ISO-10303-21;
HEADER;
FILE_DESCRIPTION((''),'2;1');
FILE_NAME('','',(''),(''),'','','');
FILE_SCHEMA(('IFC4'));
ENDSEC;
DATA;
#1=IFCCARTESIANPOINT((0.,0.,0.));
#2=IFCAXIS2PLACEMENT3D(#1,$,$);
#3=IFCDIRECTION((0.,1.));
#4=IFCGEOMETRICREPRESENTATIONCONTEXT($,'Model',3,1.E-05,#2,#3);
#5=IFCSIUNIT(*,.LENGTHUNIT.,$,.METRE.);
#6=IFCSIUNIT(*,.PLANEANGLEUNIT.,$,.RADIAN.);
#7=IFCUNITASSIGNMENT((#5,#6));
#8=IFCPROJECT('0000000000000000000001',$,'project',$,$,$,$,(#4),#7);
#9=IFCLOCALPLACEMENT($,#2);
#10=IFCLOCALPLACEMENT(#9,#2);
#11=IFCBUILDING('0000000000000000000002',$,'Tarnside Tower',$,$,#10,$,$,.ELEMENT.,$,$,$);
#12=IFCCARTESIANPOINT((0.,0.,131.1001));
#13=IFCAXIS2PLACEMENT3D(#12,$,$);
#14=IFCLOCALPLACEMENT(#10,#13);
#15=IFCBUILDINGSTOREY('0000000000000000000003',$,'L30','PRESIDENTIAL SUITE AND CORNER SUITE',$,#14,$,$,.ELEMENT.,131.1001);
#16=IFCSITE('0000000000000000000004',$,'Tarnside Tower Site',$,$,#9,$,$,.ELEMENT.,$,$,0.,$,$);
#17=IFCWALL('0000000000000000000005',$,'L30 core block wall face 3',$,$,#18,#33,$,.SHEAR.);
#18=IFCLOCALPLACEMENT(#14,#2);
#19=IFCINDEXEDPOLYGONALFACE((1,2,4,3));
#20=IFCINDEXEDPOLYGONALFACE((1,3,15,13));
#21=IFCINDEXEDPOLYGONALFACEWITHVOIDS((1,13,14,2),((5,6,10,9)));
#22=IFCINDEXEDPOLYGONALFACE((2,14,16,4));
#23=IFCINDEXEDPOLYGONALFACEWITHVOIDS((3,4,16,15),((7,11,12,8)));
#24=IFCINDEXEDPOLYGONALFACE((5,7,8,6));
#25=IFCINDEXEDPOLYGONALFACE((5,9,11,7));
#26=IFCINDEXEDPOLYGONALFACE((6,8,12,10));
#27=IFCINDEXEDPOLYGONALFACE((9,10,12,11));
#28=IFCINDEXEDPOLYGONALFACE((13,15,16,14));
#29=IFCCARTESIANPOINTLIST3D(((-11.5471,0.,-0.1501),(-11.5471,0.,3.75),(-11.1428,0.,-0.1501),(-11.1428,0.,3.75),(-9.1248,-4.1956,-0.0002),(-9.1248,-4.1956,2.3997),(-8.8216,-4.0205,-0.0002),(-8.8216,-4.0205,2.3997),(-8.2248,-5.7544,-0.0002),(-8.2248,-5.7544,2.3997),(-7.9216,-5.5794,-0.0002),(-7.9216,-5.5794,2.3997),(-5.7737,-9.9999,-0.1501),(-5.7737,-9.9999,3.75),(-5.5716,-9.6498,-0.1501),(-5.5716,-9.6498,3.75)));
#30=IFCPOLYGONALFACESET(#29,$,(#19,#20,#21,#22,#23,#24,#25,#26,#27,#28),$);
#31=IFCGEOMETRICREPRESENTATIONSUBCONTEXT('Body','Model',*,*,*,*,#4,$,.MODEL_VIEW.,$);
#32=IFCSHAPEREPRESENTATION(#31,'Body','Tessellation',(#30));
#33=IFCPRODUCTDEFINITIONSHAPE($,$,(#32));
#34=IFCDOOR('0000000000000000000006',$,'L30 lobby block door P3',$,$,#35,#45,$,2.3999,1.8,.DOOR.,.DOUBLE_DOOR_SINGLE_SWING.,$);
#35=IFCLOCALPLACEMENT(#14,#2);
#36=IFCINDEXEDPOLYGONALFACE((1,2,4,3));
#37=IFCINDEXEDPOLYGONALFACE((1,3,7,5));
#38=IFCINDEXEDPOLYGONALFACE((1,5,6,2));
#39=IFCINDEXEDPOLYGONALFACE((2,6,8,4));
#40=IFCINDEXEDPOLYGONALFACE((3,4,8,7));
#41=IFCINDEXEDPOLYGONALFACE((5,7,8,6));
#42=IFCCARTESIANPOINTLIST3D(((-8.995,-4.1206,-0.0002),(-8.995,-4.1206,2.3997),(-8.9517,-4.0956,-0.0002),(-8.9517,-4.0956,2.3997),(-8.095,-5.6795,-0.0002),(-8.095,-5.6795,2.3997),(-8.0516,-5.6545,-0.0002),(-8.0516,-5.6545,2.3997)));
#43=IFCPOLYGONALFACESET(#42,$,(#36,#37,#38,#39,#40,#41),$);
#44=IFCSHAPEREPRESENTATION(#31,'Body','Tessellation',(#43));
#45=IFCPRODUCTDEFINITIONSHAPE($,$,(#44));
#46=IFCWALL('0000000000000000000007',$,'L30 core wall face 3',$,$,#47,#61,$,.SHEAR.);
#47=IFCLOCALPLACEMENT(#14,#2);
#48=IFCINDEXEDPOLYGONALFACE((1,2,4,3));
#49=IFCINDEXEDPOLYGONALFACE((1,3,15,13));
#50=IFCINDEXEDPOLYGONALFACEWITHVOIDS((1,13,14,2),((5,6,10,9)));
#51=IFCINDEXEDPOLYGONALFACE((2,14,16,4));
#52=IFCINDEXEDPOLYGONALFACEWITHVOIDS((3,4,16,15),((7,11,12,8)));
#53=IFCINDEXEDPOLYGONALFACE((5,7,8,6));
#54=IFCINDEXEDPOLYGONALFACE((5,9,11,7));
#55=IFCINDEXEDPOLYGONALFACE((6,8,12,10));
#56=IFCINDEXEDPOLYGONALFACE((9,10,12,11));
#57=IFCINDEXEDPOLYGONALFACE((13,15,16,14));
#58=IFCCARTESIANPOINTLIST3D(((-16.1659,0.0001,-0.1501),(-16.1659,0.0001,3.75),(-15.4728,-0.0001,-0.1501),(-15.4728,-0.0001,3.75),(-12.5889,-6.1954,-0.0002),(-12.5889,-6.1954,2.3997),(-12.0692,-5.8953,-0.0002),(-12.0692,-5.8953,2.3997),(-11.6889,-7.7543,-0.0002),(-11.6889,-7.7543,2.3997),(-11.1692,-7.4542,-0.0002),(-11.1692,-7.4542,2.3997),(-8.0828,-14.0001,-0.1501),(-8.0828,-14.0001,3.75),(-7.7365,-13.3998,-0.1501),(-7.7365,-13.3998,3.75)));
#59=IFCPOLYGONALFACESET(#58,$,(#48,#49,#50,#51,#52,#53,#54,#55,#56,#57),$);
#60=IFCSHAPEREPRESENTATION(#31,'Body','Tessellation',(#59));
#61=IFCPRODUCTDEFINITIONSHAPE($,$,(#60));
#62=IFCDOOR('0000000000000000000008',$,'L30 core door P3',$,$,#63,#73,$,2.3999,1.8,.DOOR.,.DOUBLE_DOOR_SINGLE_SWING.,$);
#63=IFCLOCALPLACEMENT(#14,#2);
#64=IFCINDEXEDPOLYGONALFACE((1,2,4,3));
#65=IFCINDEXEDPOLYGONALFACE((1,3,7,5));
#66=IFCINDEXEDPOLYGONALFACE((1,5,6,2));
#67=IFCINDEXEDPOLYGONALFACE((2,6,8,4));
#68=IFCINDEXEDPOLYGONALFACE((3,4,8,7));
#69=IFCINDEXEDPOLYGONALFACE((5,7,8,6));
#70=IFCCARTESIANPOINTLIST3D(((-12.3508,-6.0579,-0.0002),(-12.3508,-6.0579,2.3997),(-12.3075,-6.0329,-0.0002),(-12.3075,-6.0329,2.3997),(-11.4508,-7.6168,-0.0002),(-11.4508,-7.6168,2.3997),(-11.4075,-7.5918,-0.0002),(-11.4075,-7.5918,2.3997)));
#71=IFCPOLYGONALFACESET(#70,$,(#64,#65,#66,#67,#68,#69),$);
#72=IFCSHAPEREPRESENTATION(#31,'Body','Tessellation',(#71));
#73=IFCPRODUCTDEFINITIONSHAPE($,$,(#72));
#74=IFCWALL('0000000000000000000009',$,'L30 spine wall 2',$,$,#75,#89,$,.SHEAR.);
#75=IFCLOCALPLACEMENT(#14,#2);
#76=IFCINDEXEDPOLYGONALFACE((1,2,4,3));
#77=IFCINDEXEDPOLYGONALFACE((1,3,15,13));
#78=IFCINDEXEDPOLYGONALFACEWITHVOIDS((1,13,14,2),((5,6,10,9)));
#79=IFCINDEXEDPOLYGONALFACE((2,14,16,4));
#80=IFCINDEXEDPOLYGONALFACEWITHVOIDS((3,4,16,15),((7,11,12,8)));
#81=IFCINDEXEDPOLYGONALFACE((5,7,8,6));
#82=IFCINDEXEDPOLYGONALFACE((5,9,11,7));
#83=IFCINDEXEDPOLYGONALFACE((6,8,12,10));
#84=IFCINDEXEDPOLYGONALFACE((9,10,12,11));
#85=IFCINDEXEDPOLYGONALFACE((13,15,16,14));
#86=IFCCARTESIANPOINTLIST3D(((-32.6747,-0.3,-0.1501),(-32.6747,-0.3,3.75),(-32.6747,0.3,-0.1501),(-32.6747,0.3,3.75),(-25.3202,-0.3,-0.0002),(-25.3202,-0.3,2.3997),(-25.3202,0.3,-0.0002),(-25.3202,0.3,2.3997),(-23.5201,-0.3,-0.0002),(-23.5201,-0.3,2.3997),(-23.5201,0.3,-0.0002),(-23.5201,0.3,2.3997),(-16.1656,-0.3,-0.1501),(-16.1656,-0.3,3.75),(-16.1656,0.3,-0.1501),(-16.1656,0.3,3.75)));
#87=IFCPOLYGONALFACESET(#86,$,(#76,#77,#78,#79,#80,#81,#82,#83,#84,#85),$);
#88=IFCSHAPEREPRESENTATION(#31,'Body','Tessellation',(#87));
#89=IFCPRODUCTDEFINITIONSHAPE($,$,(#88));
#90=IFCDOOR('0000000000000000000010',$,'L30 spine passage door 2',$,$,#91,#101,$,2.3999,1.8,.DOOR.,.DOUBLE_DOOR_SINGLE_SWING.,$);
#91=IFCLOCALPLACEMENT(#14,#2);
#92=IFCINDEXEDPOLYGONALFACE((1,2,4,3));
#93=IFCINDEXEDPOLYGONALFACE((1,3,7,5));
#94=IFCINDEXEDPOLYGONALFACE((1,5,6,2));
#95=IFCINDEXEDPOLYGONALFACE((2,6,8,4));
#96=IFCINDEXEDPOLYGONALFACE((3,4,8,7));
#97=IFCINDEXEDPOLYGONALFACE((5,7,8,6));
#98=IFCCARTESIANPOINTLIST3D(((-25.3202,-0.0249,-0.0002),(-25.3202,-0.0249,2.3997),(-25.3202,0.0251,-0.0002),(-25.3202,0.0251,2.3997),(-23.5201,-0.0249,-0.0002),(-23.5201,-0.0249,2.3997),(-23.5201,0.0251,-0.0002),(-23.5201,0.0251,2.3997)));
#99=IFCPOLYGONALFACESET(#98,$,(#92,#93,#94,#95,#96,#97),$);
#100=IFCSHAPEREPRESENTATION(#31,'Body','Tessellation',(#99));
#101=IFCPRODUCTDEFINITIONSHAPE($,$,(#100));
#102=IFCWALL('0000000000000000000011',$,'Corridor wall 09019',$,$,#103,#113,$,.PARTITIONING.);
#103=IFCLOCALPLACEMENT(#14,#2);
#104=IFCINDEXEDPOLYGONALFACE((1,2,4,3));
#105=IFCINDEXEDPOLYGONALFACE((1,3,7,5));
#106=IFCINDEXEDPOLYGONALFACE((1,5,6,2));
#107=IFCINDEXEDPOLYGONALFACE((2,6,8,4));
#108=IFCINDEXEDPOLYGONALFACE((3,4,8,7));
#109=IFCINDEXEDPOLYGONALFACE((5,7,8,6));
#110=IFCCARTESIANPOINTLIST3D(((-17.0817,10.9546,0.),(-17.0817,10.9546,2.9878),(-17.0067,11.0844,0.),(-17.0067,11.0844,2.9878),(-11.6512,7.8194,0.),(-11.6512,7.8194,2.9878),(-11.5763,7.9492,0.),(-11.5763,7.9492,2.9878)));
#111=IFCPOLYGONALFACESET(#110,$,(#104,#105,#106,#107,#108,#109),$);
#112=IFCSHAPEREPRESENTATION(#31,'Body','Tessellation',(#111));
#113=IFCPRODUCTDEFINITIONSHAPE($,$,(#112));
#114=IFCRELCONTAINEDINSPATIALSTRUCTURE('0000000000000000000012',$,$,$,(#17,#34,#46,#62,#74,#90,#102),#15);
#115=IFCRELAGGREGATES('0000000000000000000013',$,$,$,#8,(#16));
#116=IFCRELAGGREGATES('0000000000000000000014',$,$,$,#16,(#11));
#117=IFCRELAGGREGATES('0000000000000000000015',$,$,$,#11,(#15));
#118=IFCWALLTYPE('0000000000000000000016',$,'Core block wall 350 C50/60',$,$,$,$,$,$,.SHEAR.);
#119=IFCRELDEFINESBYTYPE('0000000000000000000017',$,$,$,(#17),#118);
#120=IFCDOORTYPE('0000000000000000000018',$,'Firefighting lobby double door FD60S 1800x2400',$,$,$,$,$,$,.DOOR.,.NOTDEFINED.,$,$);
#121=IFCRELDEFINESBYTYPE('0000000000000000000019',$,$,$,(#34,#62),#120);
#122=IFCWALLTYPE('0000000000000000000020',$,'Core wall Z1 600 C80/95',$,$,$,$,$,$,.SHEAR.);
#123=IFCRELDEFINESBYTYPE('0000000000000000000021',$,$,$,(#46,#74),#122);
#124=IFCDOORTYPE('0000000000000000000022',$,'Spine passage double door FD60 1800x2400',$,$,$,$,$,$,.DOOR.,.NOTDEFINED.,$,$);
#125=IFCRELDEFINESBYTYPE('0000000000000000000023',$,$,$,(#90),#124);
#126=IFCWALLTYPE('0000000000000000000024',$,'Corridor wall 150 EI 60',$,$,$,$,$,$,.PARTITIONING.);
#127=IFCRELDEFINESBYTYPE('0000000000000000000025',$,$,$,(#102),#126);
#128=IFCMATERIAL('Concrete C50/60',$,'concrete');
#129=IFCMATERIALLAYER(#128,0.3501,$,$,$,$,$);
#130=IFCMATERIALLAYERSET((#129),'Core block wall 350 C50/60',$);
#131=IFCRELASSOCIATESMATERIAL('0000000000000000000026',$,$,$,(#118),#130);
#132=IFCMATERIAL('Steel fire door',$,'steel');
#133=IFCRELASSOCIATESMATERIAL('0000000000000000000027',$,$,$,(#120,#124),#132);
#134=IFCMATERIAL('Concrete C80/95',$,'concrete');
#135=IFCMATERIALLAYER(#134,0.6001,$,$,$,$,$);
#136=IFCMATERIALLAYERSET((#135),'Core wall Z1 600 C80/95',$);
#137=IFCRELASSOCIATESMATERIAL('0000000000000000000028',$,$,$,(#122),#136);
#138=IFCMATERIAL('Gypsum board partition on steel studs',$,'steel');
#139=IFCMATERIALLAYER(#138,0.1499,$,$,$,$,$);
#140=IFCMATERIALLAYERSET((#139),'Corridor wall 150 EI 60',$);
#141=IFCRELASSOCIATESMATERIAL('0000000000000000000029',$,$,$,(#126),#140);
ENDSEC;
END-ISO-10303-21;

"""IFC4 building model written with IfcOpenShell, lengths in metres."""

from ifc_helpers import new_model, si_unit, direction, frame, frame_2d, origin, place, context, subcontext, project, spatial, polyline, rectangle, outline, extrude, material, layer, layer_set, type_object, element, fill, save


model = new_model("IFC4")

# Units and contexts
model_context = context("Model", 3, precision=1e-05, world=origin(), true_north=direction((0.0, 1.0)))
body_context = subcontext(model_context, "Body", "Model", "MODEL_VIEW")
ifc_project = project(units=[si_unit("LENGTHUNIT", "METRE"), si_unit("PLANEANGLEUNIT", "RADIAN")], contexts=[model_context])

# Site, building, storey
site_placement = place(None, origin())
site = spatial("IfcSite", under=ifc_project, at=site_placement, Name="Tarnside Tower Site", CompositionType="ELEMENT", RefElevation=0.0)
building_placement = place(site_placement, origin())
building = spatial("IfcBuilding", under=site, at=building_placement, Name="Tarnside Tower", CompositionType="ELEMENT")
storey_placement = place(building_placement, frame((0.0, 0.0, 131.1001)))
storey = spatial("IfcBuildingStorey", under=building, at=storey_placement, Name="L30", Description="PRESIDENTIAL SUITE AND CORNER SUITE", CompositionType="ELEMENT", Elevation=131.1001)

# Walls, openings, doors
ifc_material_1 = material(Name="Concrete C50/60", Category="concrete")
ifc_layer_1 = layer(ifc_material_1, 0.3501)
ifc_layer_set_1 = layer_set([ifc_layer_1], Name="Core block wall 350 C50/60")
wall_type_1 = type_object("IfcWallType", Name="Core block wall 350 C50/60", PredefinedType="SHEAR", material=ifc_layer_set_1)
wall_1_placement = place(storey_placement, frame((-11.345, 0.0, -0.1501), z_axis=(0.0, 0.0, 1.0), x_axis=(0.499995, -0.866028, 0.0)))
wall_1 = element("IfcWall", 1, at=wall_1_placement, inside=storey, type_object=wall_type_1, Name="L30 core block wall face 3", PredefinedType="SHEAR", context=body_context, shape_type="SweptSolid", body=[
    extrude(outline(polyline([(-0.1011, -0.175), (11.4458, -0.175), (11.2437, 0.175), (0.1011, 0.175), (-0.1011, -0.175)])), origin(), (0.0, 0.0, 1.0), 3.9001),
])
opening_1_placement = place(wall_1_placement, frame((4.7437, 0.0, 0.1499)))
opening_1 = element("IfcOpeningElement", 2, at=opening_1_placement, cuts=wall_1, PredefinedType="OPENING", context=body_context, shape_type="SweptSolid", body=[
    extrude(rectangle(XDim=1.8, YDim=2.3999, at=frame_2d((0.8999, 1.2))), frame((0.0, 0.1851, 0.0), z_axis=(0.0, -1.0, 0.0), x_axis=(1.0, 0.0, 0.0)), (0.0, 0.0, 1.0), 0.3701),
])
ifc_material_2 = material(Name="Steel fire door", Category="steel")
door_type_1 = type_object("IfcDoorType", Name="Firefighting lobby double door FD60S 1800x2400", OperationType="NOTDEFINED", PredefinedType="DOOR", material=ifc_material_2)
door_1_placement = place(opening_1_placement, origin())
door_1 = element("IfcDoor", 3, at=door_1_placement, inside=storey, type_object=door_type_1, Name="L30 lobby block door P3", OperationType="DOUBLE_DOOR_SINGLE_SWING", OverallHeight=2.3999, OverallWidth=1.8, PredefinedType="DOOR", context=body_context, shape_type="SweptSolid", body=[
    extrude(rectangle(XDim=1.8, YDim=2.3999, at=frame_2d((0.8999, 1.2))), frame((0.0, 0.0249, 0.0), z_axis=(0.0, -1.0, 0.0), x_axis=(1.0, 0.0, 0.0)), (0.0, 0.0, 1.0), 0.05),
])
fill(opening_1, door_1)
ifc_material_3 = material(Name="Concrete C80/95", Category="concrete")
ifc_layer_2 = layer(ifc_material_3, 0.6001)
ifc_layer_set_2 = layer_set([ifc_layer_2], Name="Core wall Z1 600 C80/95")
wall_type_2 = type_object("IfcWallType", Name="Core wall Z1 600 C80/95", PredefinedType="SHEAR", material=ifc_layer_set_2)
wall_2_placement = place(storey_placement, frame((-15.8193, 0.0, -0.1501), z_axis=(0.0, 0.0, 1.0), x_axis=(0.5, -0.866025, 0.0)))
wall_2 = element("IfcWall", 4, at=wall_2_placement, inside=storey, type_object=wall_type_2, Name="L30 core wall face 3", PredefinedType="SHEAR", context=body_context, shape_type="SweptSolid", body=[
    extrude(outline(polyline([(-0.1733, -0.3), (15.9927, -0.3), (15.646, 0.3), (0.1733, 0.3), (-0.1733, -0.3)])), origin(), (0.0, 0.0, 1.0), 3.9001),
])
opening_2_placement = place(wall_2_placement, frame((6.9807, 0.0, 0.1499)))
opening_2 = element("IfcOpeningElement", 5, at=opening_2_placement, cuts=wall_2, PredefinedType="OPENING", context=body_context, shape_type="SweptSolid", body=[
    extrude(rectangle(XDim=1.8, YDim=2.3999, at=frame_2d((0.8999, 1.2))), frame((0.0, 0.3101, 0.0), z_axis=(0.0, -1.0, 0.0), x_axis=(1.0, 0.0, 0.0)), (0.0, 0.0, 1.0), 0.6201),
])
door_2_placement = place(opening_2_placement, origin())
door_2 = element("IfcDoor", 6, at=door_2_placement, inside=storey, type_object=door_type_1, Name="L30 core door P3", OperationType="DOUBLE_DOOR_SINGLE_SWING", OverallHeight=2.3999, OverallWidth=1.8, PredefinedType="DOOR", context=body_context, shape_type="SweptSolid", body=[
    extrude(rectangle(XDim=1.8, YDim=2.3999, at=frame_2d((0.8999, 1.2))), frame((0.0, 0.0249, 0.0), z_axis=(0.0, -1.0, 0.0), x_axis=(1.0, 0.0, 0.0)), (0.0, 0.0, 1.0), 0.05),
])
fill(opening_2, door_2)
wall_3_placement = place(storey_placement, frame((-16.1658, 0.0, -0.1501), z_axis=(0.0, 0.0, 1.0), x_axis=(-1.0, 0.0, 0.0)))
wall_3 = element("IfcWall", 7, at=wall_3_placement, inside=storey, type_object=wall_type_2, Name="L30 spine wall 2", PredefinedType="SHEAR", context=body_context, shape_type="SweptSolid", body=[
    extrude(rectangle(XDim=16.509, YDim=0.6001, at=frame_2d((8.2544, 0.0))), origin(), (0.0, 0.0, 1.0), 3.9001),
])
opening_3_placement = place(wall_3_placement, frame((7.3545, 0.0, 0.1499)))
opening_3 = element("IfcOpeningElement", 8, at=opening_3_placement, cuts=wall_3, PredefinedType="OPENING", context=body_context, shape_type="SweptSolid", body=[
    extrude(rectangle(XDim=1.8, YDim=2.3999, at=frame_2d((0.8999, 1.2))), frame((0.0, 0.3101, 0.0), z_axis=(0.0, -1.0, 0.0), x_axis=(1.0, 0.0, 0.0)), (0.0, 0.0, 1.0), 0.6201),
])
door_type_2 = type_object("IfcDoorType", Name="Spine passage double door FD60 1800x2400", OperationType="NOTDEFINED", PredefinedType="DOOR", material=ifc_material_2)
door_3_placement = place(opening_3_placement, origin())
door_3 = element("IfcDoor", 9, at=door_3_placement, inside=storey, type_object=door_type_2, Name="L30 spine passage door 2", OperationType="DOUBLE_DOOR_SINGLE_SWING", OverallHeight=2.3999, OverallWidth=1.8, PredefinedType="DOOR", context=body_context, shape_type="SweptSolid", body=[
    extrude(rectangle(XDim=1.8, YDim=2.3999, at=frame_2d((0.8999, 1.2))), frame((0.0, 0.0249, 0.0), z_axis=(0.0, -1.0, 0.0), x_axis=(1.0, 0.0, 0.0)), (0.0, 0.0, 1.0), 0.05),
])
fill(opening_3, door_3)

# Wall
ifc_material_4 = material(Name="Gypsum board partition on steel studs", Category="steel")
ifc_layer_3 = layer(ifc_material_4, 0.1499)
ifc_layer_set_3 = layer_set([ifc_layer_3], Name="Corridor wall 150 EI 60")
wall_type_3 = type_object("IfcWallType", Name="Corridor wall 150 EI 60", PredefinedType="PARTITIONING", material=ifc_layer_set_3)
wall_4_placement = place(storey_placement, frame((-11.6138, 7.8843, 0.0), z_axis=(0.0, 0.0, 1.0), x_axis=(-0.866025, 0.5, 0.0)))
element("IfcWall", 10, at=wall_4_placement, inside=storey, type_object=wall_type_3, Name="Corridor wall 09019", PredefinedType="PARTITIONING", context=body_context, shape_type="SweptSolid", body=[
    extrude(rectangle(XDim=6.2705, YDim=0.1499, at=frame_2d((3.1353, 0.0))), origin(), (0.0, 0.0, 1.0), 2.9878),
])

save(model, "model.ifc")
